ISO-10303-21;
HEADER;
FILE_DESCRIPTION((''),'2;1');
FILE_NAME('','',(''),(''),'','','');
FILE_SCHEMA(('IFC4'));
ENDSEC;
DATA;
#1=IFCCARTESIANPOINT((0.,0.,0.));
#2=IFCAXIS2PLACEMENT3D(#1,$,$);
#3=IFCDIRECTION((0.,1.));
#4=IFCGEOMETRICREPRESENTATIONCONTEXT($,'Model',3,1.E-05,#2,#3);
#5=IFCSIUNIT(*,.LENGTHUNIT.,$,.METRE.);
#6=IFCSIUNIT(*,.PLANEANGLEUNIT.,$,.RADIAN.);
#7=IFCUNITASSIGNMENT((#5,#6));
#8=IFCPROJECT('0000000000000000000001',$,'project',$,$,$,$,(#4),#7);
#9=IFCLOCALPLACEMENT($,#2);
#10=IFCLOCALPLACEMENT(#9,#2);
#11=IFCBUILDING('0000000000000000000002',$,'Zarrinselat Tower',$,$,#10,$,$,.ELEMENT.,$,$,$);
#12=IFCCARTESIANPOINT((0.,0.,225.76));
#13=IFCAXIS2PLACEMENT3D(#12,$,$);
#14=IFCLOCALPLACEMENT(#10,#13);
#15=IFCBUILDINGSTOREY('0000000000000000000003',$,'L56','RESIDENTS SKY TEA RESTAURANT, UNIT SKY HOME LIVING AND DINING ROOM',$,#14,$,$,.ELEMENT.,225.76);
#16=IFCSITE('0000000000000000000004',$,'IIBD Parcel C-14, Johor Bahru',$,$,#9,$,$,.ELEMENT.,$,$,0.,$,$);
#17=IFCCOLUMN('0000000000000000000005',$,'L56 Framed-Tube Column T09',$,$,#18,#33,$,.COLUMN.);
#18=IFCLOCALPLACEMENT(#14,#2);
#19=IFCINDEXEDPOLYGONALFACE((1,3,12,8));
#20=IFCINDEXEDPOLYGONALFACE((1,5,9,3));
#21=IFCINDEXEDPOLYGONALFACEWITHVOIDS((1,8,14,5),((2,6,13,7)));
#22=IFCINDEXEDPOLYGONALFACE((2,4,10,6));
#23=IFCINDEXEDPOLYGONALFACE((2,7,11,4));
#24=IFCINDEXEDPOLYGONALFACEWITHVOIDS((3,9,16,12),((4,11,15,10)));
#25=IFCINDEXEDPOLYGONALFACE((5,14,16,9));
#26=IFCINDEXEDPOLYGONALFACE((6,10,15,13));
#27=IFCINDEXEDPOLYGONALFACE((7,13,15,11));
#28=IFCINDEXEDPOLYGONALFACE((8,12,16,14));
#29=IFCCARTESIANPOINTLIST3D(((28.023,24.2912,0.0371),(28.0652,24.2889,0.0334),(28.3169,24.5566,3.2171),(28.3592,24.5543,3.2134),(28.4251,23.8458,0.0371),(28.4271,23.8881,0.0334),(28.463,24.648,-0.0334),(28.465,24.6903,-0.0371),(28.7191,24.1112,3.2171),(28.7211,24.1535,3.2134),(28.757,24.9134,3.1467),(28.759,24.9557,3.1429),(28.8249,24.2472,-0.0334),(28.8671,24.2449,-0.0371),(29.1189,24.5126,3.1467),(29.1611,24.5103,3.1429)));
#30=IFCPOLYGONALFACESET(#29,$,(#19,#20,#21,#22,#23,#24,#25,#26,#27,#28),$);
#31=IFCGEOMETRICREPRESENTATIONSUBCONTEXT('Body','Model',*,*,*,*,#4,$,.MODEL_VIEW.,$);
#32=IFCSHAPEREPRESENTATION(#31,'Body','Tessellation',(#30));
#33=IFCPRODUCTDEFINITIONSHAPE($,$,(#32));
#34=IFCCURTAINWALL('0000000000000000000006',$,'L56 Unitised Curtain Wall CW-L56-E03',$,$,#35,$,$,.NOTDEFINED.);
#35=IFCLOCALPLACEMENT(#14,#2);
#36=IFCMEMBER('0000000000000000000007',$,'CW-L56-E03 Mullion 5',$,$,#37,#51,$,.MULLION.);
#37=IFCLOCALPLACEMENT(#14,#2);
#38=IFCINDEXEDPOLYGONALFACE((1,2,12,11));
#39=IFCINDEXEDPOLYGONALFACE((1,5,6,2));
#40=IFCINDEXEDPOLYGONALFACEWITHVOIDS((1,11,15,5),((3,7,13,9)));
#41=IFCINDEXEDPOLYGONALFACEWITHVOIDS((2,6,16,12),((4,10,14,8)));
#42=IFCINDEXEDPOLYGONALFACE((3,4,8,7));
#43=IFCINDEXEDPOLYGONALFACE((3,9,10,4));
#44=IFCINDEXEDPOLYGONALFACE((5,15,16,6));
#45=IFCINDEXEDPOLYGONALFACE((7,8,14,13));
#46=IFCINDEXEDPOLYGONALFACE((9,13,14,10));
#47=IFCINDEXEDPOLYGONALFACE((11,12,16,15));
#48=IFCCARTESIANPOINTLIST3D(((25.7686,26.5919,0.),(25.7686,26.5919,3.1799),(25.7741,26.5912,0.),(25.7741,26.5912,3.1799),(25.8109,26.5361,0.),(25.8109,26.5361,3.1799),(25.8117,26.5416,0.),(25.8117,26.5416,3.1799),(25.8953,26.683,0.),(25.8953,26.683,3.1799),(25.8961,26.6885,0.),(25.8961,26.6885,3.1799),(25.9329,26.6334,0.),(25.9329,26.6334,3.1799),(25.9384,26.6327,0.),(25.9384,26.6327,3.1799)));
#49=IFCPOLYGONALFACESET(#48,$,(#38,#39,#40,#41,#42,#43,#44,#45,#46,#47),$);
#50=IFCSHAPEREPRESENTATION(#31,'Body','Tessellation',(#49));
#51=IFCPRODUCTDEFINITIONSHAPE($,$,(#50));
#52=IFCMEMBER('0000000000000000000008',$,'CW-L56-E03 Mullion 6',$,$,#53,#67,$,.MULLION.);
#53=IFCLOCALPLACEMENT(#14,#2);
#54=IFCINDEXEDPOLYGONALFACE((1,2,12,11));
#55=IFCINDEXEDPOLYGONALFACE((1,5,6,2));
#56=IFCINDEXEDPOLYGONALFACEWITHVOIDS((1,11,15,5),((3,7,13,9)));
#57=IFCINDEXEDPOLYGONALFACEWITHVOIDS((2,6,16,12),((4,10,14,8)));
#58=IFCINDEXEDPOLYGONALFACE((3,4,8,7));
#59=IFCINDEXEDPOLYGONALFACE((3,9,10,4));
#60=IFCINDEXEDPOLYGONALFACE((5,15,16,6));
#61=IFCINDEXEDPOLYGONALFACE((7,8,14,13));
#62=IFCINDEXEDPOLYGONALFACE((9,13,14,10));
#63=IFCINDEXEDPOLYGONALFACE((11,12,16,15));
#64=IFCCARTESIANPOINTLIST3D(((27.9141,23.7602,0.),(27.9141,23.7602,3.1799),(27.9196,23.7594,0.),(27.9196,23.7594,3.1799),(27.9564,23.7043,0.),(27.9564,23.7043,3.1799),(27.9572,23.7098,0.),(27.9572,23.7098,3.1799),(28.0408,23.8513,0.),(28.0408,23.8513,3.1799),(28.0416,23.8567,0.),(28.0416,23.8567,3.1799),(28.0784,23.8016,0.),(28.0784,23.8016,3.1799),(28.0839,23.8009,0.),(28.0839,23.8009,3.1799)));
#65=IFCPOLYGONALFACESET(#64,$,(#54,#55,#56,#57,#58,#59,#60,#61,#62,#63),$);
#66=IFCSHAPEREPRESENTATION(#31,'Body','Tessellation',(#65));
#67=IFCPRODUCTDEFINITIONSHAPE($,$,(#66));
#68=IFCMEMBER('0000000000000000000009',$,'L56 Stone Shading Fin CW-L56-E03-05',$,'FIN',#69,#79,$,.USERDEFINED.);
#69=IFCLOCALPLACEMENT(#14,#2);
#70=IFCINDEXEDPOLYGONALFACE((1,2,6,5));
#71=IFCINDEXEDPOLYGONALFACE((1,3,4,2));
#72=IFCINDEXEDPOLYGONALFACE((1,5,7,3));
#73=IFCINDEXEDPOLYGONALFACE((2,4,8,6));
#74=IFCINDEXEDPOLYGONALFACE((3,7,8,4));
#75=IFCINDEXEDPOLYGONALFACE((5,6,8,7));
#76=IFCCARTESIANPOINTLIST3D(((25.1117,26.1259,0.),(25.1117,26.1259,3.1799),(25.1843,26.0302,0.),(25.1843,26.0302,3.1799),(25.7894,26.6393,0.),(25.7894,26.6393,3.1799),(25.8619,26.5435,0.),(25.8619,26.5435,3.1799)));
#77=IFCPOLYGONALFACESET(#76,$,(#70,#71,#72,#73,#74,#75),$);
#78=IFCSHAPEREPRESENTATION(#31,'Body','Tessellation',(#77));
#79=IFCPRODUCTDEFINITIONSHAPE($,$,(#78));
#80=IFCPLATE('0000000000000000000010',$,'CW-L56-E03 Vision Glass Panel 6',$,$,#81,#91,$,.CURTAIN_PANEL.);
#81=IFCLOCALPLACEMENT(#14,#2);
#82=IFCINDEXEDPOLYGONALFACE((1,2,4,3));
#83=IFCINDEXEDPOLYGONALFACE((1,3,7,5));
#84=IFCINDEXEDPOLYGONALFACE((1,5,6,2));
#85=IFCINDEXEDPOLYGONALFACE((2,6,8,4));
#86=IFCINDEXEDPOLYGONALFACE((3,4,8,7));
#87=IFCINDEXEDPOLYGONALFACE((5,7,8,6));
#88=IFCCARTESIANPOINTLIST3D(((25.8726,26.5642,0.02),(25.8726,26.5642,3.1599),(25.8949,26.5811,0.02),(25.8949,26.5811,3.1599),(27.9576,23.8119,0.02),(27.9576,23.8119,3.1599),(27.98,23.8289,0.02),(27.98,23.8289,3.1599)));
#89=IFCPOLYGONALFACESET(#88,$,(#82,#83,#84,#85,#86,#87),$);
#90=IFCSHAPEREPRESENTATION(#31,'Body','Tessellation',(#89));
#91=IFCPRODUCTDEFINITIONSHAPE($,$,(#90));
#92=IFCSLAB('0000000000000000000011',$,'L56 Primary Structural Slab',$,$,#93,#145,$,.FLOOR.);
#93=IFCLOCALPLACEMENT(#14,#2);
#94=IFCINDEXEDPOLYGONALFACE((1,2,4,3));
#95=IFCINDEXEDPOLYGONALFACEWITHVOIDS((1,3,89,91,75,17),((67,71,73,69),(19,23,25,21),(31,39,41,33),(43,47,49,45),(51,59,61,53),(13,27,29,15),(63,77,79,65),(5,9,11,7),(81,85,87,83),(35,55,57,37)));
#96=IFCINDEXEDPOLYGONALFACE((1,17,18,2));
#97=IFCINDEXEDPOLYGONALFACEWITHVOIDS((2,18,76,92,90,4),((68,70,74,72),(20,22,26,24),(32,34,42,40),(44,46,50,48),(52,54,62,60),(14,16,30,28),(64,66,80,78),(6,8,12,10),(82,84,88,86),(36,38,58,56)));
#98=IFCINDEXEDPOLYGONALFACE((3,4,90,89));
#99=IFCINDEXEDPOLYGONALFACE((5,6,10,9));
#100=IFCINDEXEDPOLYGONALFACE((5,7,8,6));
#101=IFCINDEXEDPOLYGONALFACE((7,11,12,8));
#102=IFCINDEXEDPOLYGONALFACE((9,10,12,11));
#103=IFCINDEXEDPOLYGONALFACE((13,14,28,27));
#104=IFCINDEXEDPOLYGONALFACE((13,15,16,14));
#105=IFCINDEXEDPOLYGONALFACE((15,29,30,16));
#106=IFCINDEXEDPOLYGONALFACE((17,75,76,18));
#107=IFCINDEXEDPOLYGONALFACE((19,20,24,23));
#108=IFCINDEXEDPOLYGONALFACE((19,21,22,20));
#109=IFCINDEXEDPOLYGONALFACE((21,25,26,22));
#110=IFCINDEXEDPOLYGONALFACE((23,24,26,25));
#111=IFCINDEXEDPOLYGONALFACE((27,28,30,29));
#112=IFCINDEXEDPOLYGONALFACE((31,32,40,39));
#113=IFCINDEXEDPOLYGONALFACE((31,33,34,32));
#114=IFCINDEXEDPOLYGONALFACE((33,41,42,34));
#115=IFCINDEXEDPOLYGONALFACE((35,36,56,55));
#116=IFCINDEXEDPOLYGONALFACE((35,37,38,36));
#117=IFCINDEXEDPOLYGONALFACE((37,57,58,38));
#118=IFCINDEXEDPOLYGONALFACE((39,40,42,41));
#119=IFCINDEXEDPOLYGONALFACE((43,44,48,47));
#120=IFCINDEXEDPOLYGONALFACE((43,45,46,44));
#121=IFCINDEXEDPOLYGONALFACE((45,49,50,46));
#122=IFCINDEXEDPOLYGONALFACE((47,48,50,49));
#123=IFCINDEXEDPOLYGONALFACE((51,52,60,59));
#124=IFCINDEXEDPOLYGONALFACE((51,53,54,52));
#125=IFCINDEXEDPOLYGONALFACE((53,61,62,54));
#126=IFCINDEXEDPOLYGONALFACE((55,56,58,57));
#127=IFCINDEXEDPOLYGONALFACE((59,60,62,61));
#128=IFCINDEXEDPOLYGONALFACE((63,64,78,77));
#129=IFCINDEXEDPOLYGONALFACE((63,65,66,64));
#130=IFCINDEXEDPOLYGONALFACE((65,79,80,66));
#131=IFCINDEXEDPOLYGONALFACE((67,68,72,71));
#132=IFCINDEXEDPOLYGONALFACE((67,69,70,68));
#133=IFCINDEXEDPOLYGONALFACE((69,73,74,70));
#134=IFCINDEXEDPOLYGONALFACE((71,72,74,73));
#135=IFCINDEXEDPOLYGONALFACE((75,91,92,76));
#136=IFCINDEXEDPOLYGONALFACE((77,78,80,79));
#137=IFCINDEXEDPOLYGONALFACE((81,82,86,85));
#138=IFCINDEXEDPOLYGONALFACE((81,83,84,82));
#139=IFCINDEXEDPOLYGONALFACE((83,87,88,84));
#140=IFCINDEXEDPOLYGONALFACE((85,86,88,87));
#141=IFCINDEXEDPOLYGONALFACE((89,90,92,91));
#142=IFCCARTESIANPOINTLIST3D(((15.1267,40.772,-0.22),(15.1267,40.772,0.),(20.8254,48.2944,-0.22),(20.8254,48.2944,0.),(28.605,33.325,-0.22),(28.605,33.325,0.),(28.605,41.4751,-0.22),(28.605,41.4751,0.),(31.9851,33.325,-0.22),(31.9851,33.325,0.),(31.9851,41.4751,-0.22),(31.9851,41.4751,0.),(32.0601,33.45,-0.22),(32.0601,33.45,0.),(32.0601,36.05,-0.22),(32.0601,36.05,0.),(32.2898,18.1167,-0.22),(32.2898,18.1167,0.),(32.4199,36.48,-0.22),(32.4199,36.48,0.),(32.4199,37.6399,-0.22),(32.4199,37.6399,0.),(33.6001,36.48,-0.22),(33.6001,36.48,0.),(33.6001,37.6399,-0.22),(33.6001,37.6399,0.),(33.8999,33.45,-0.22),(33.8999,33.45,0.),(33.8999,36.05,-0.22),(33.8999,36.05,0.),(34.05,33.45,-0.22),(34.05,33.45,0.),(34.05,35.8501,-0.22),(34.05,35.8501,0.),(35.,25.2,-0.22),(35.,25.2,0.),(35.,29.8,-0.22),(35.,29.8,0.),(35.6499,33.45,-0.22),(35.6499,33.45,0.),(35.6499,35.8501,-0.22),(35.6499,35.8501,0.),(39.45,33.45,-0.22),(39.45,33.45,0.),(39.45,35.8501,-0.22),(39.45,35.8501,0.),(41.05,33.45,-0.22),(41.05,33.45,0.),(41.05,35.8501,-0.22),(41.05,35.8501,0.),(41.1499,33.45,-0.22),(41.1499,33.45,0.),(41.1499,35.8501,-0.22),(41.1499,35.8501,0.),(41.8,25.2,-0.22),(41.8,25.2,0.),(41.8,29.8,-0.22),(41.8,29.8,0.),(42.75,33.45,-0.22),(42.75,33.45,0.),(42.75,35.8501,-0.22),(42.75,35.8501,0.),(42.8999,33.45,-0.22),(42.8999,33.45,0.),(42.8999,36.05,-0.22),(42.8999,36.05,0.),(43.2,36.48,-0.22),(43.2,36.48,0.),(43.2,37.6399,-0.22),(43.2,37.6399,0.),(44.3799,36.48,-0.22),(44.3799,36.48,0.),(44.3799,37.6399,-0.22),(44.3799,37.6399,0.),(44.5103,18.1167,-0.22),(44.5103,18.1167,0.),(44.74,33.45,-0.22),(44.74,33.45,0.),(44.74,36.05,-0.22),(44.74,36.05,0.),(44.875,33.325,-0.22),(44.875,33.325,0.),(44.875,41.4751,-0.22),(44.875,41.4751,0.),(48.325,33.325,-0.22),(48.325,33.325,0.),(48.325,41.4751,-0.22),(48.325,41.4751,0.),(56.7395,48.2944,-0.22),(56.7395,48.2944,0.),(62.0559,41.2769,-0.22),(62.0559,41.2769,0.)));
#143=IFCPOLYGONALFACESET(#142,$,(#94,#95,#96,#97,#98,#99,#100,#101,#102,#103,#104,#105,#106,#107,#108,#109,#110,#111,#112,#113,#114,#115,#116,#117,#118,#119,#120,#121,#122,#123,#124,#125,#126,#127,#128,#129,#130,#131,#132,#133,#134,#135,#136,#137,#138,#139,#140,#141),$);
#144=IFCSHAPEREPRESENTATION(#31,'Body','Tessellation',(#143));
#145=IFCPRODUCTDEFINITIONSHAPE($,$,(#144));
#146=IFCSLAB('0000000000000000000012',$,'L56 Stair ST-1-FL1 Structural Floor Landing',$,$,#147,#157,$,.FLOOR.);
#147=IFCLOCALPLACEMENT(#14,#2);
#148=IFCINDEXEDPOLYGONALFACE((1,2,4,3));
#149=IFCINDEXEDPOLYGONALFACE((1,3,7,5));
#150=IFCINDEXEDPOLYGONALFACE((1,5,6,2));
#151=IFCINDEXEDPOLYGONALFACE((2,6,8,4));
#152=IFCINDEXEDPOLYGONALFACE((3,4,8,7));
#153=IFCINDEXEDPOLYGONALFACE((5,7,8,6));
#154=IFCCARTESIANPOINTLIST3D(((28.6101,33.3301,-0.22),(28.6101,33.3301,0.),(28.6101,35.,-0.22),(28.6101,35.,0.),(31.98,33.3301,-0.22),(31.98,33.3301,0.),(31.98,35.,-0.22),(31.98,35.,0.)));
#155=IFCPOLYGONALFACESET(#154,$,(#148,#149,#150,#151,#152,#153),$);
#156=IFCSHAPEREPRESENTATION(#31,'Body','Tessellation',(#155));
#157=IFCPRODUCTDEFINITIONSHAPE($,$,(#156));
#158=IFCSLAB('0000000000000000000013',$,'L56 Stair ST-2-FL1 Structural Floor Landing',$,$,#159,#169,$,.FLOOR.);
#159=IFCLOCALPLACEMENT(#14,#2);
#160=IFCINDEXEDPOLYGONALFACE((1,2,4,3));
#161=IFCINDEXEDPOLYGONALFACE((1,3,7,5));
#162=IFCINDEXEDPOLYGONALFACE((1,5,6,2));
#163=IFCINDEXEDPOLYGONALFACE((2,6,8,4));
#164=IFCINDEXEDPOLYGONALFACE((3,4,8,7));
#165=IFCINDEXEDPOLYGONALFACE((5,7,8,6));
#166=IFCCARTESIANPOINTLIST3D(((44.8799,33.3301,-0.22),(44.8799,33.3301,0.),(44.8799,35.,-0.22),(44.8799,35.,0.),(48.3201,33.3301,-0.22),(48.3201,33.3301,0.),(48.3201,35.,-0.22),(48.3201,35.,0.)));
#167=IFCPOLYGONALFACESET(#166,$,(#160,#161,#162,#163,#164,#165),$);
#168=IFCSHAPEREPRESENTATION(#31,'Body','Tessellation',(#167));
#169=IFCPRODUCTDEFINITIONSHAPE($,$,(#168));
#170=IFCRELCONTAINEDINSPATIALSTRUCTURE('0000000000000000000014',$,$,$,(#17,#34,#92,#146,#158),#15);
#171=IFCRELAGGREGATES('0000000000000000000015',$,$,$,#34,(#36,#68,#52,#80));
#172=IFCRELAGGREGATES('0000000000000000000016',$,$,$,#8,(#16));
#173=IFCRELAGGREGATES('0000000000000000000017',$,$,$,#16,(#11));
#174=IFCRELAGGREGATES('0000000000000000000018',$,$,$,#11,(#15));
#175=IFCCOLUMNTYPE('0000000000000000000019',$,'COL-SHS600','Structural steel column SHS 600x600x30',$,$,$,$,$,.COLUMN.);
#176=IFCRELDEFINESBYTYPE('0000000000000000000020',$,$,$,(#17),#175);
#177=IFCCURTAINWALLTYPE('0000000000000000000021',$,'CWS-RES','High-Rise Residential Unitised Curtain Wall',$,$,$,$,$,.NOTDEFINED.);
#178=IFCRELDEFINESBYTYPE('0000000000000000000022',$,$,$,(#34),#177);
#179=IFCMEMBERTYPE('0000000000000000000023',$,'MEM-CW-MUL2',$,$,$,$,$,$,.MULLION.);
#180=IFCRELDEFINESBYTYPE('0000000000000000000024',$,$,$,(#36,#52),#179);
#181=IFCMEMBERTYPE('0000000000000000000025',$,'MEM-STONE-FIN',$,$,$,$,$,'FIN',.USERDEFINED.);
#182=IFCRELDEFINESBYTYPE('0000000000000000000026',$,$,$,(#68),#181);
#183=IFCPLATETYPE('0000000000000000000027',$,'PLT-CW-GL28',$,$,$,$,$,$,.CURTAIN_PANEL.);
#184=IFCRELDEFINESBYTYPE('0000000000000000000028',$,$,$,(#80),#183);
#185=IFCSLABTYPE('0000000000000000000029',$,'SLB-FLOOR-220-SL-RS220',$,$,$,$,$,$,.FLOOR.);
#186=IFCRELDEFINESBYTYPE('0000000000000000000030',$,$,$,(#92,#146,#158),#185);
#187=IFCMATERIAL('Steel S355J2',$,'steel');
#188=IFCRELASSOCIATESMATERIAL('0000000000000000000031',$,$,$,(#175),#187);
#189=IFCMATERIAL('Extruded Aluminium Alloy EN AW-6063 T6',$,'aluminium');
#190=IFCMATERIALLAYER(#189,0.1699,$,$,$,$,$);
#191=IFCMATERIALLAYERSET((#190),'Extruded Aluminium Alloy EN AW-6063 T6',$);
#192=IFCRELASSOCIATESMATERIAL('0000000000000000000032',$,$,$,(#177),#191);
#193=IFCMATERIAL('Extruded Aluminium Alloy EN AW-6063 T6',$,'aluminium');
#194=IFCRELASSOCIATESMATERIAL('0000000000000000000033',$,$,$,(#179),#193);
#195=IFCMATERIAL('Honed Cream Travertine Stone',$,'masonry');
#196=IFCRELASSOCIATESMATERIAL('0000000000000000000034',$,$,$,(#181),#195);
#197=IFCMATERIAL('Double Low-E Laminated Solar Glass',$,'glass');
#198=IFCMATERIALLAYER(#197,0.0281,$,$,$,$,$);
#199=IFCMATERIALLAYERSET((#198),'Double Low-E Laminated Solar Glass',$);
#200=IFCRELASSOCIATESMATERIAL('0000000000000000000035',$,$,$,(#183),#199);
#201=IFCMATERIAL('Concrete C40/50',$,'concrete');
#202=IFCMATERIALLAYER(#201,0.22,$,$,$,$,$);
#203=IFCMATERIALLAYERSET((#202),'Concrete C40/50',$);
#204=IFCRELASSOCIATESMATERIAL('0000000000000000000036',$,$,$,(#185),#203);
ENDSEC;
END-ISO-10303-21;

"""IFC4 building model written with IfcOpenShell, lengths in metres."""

from ifc_helpers import new_model, si_unit, direction, frame, origin, origin_2d, place, context, subcontext, project, spatial, polyline, rectangle, hollow_rectangle, outline, extrude, material, layer, layer_set, material_profile, profile_set, type_object, element, aggregate, save


model = new_model("IFC4")

# Units and contexts
model_context = context("Model", 3, precision=1e-05, world=origin(), true_north=direction((0.0, 1.0)))
body_context = subcontext(model_context, "Body", "Model", "MODEL_VIEW")
ifc_project = project(units=[si_unit("LENGTHUNIT", "METRE"), si_unit("PLANEANGLEUNIT", "RADIAN")], contexts=[model_context])

# Site, building, storey
site_placement = place(None, origin())
site = spatial("IfcSite", under=ifc_project, at=site_placement, Name="IIBD Parcel C-14, Johor Bahru", CompositionType="ELEMENT", RefElevation=0.0)
building_placement = place(site_placement, origin())
building = spatial("IfcBuilding", under=site, at=building_placement, Name="Zarrinselat Tower", CompositionType="ELEMENT")
storey_placement = place(building_placement, frame((0.0, 0.0, 225.76)))
storey = spatial("IfcBuildingStorey", under=building, at=storey_placement, Name="L56", Description="RESIDENTS SKY TEA RESTAURANT, UNIT SKY HOME LIVING AND DINING ROOM", CompositionType="ELEMENT", Elevation=225.76)

# Column
ifc_material_1 = material(Name="Steel S355J2", Category="steel")
ifc_material_profile_1 = material_profile(ifc_material_1, hollow_rectangle(XDim=0.6001, YDim=0.6001, WallThickness=0.03, at=origin_2d()), Name="SHS 600x600x30")
ifc_profile_set_1 = profile_set([ifc_material_profile_1], Name="Steel S355J2")
column_type = type_object("IfcColumnType", Name="COL-SHS600", Description="Structural steel column SHS 600x600x30", PredefinedType="COLUMN", material=ifc_profile_set_1)
column_placement = place(storey_placement, frame((28.4451, 24.2681, 0.0), z_axis=(0.091729, 0.082815, 0.992334), x_axis=(-0.670122, 0.742251, 0.0)))
element("IfcColumn", 1, at=column_placement, inside=storey, type_object=column_type, Name="L56 Framed-Tube Column T09", PredefinedType="COLUMN", context=body_context, shape_type="SweptSolid", body=[
    extrude(hollow_rectangle(XDim=0.6001, YDim=0.6001, WallThickness=0.03, at=origin_2d()), origin(), (0.0, 0.0, 1.0), 3.2046),
])

# Curtain wall, members, plate
ifc_material_2 = material(Name="Extruded Aluminium Alloy EN AW-6063 T6", Category="aluminium")
ifc_layer_1 = layer(ifc_material_2, 0.1699)
ifc_layer_set_1 = layer_set([ifc_layer_1], Name="Extruded Aluminium Alloy EN AW-6063 T6")
curtain_wall_type = type_object("IfcCurtainWallType", Name="CWS-RES", Description="High-Rise Residential Unitised Curtain Wall", PredefinedType="NOTDEFINED", material=ifc_layer_set_1)
curtain_wall_placement = place(storey_placement, origin())
curtain_wall = element("IfcCurtainWall", 2, at=curtain_wall_placement, inside=storey, type_object=curtain_wall_type, Name="L56 Unitised Curtain Wall CW-L56-E03", PredefinedType="NOTDEFINED")
ifc_material_3 = material(Name="Extruded Aluminium Alloy EN AW-6063 T6", Category="aluminium")
ifc_material_profile_2 = material_profile(ifc_material_3, hollow_rectangle(XDim=0.0701, YDim=0.1599, WallThickness=0.0039, at=origin_2d()), Name="RHS 160x70x4")
ifc_profile_set_2 = profile_set([ifc_material_profile_2], Name="Extruded Aluminium Alloy EN AW-6063 T6")
member_type_1 = type_object("IfcMemberType", Name="MEM-CW-MUL2", PredefinedType="MULLION", material=ifc_profile_set_2)
member_1_placement = place(storey_placement, frame((25.8535, 26.6123, 0.0), z_axis=(0.0, 0.0, 1.0), x_axis=(0.60386, -0.797091, 0.0)))
member_1 = element("IfcMember", 3, at=member_1_placement, type_object=member_type_1, Name="CW-L56-E03 Mullion 5", PredefinedType="MULLION", context=body_context, shape_type="SweptSolid", body=[
    extrude(hollow_rectangle(XDim=0.0701, YDim=0.1599, WallThickness=0.0039, at=origin_2d()), origin(), (0.0, 0.0, 1.0), 3.1799),
])
member_2_placement = place(storey_placement, frame((27.999, 23.7805, 0.0), z_axis=(0.0, 0.0, 1.0), x_axis=(0.60386, -0.797091, 0.0)))
member_2 = element("IfcMember", 4, at=member_2_placement, type_object=member_type_1, Name="CW-L56-E03 Mullion 6", PredefinedType="MULLION", context=body_context, shape_type="SweptSolid", body=[
    extrude(hollow_rectangle(XDim=0.0701, YDim=0.1599, WallThickness=0.0039, at=origin_2d()), origin(), (0.0, 0.0, 1.0), 3.1799),
])
ifc_material_4 = material(Name="Honed Cream Travertine Stone", Category="masonry")
ifc_material_profile_3 = material_profile(ifc_material_4, rectangle(XDim=0.1201, YDim=0.8501, at=origin_2d()), Name="FIN 850x120")
ifc_profile_set_3 = profile_set([ifc_material_profile_3], Name="Honed Cream Travertine Stone")
member_type_2 = type_object("IfcMemberType", Name="MEM-STONE-FIN", ElementType="FIN", PredefinedType="USERDEFINED", material=ifc_profile_set_3)
member_3_placement = place(storey_placement, frame((25.4868, 26.3347, 0.0), z_axis=(0.0, 0.0, 1.0), x_axis=(-0.60386, 0.797091, 0.0)))
member_3 = element("IfcMember", 5, at=member_3_placement, type_object=member_type_2, Name="L56 Stone Shading Fin CW-L56-E03-05", ObjectType="FIN", PredefinedType="USERDEFINED", context=body_context, shape_type="SweptSolid", body=[
    extrude(rectangle(XDim=0.1201, YDim=0.8501, at=origin_2d()), origin(), (0.0, 0.0, 1.0), 3.1799),
])
ifc_material_5 = material(Name="Double Low-E Laminated Solar Glass", Category="glass")
ifc_layer_2 = layer(ifc_material_5, 0.0281)
ifc_layer_set_2 = layer_set([ifc_layer_2], Name="Double Low-E Laminated Solar Glass")
plate_type = type_object("IfcPlateType", Name="PLT-CW-GL28", PredefinedType="CURTAIN_PANEL", material=ifc_layer_set_2)
plate_placement = place(storey_placement, frame((26.9263, 25.1965, 0.02), z_axis=(0.0, 0.0, 1.0), x_axis=(0.60386, -0.797091, 0.0)))
plate = element("IfcPlate", 6, at=plate_placement, type_object=plate_type, Name="CW-L56-E03 Vision Glass Panel 6", PredefinedType="CURTAIN_PANEL", context=body_context, shape_type="SweptSolid", body=[
    extrude(rectangle(XDim=3.4529, YDim=0.0281, at=origin_2d()), origin(), (0.0, 0.0, 1.0), 3.1399),
])
aggregate(curtain_wall, [member_1, member_3, member_2, plate])

# Slabs
ifc_material_6 = material(Name="Concrete C40/50", Category="concrete")
ifc_layer_3 = layer(ifc_material_6, 0.22)
ifc_layer_set_3 = layer_set([ifc_layer_3], Name="Concrete C40/50")
slab_type_1 = type_object("IfcSlabType", Name="SLB-FLOOR-220-SL-RS220", PredefinedType="FLOOR", material=ifc_layer_set_3)
slab_1_placement = place(storey_placement, frame((0.0, 0.0, -0.22)))
element("IfcSlab", 7, at=slab_1_placement, inside=storey, type_object=slab_type_1, Name="L56 Primary Structural Slab", PredefinedType="FLOOR", context=body_context, shape_type="SweptSolid", body=[
    extrude(outline(polyline([(56.7395, 48.2944), (20.8254, 48.2944), (15.1267, 40.772), (32.2898, 18.1167), (44.5103, 18.1167), (62.0559, 41.2769), (56.7395, 48.2944)]), holes=[polyline([(41.8, 25.2), (35.0, 25.2), (35.0, 29.8), (41.8, 29.8), (41.8, 25.2)]), polyline([(35.6499, 33.45), (34.05, 33.45), (34.05, 35.8501), (35.6499, 35.8501), (35.6499, 33.45)]), polyline([(41.05, 33.45), (39.45, 33.45), (39.45, 35.8501), (41.05, 35.8501), (41.05, 33.45)]), polyline([(41.1499, 33.45), (41.1499, 35.8501), (42.75, 35.8501), (42.75, 33.45), (41.1499, 33.45)]), polyline([(32.0601, 33.45), (32.0601, 36.05), (33.8999, 36.05), (33.8999, 33.45), (32.0601, 33.45)]), polyline([(44.74, 33.45), (42.8999, 33.45), (42.8999, 36.05), (44.74, 36.05), (44.74, 33.45)]), polyline([(33.6001, 36.48), (32.4199, 36.48), (32.4199, 37.6399), (33.6001, 37.6399), (33.6001, 36.48)]), polyline([(44.3799, 36.48), (43.2, 36.48), (43.2, 37.6399), (44.3799, 37.6399), (44.3799, 36.48)]), polyline([(31.9851, 33.325), (28.605, 33.325), (28.605, 41.4751), (31.9851, 41.4751), (31.9851, 33.325)]), polyline([(48.325, 33.325), (44.875, 33.325), (44.875, 41.4751), (48.325, 41.4751), (48.325, 33.325)])]), origin(), (0.0, 0.0, 1.0), 0.22),
])
slab_2_placement = place(storey_placement, frame((0.0, 0.0, -0.22)))
element("IfcSlab", 8, at=slab_2_placement, inside=storey, type_object=slab_type_1, Name="L56 Stair ST-1-FL1 Structural Floor Landing", PredefinedType="FLOOR", context=body_context, shape_type="SweptSolid", body=[
    extrude(outline(polyline([(31.98, 33.3301), (31.98, 35.0), (28.6101, 35.0), (28.6101, 33.3301), (31.98, 33.3301)])), origin(), (0.0, 0.0, 1.0), 0.22),
])
slab_3_placement = place(storey_placement, frame((0.0, 0.0, -0.22)))
element("IfcSlab", 9, at=slab_3_placement, inside=storey, type_object=slab_type_1, Name="L56 Stair ST-2-FL1 Structural Floor Landing", PredefinedType="FLOOR", context=body_context, shape_type="SweptSolid", body=[
    extrude(outline(polyline([(48.3201, 33.3301), (48.3201, 35.0), (44.8799, 35.0), (44.8799, 33.3301), (48.3201, 33.3301)])), origin(), (0.0, 0.0, 1.0), 0.22),
])

save(model, "model.ifc")
